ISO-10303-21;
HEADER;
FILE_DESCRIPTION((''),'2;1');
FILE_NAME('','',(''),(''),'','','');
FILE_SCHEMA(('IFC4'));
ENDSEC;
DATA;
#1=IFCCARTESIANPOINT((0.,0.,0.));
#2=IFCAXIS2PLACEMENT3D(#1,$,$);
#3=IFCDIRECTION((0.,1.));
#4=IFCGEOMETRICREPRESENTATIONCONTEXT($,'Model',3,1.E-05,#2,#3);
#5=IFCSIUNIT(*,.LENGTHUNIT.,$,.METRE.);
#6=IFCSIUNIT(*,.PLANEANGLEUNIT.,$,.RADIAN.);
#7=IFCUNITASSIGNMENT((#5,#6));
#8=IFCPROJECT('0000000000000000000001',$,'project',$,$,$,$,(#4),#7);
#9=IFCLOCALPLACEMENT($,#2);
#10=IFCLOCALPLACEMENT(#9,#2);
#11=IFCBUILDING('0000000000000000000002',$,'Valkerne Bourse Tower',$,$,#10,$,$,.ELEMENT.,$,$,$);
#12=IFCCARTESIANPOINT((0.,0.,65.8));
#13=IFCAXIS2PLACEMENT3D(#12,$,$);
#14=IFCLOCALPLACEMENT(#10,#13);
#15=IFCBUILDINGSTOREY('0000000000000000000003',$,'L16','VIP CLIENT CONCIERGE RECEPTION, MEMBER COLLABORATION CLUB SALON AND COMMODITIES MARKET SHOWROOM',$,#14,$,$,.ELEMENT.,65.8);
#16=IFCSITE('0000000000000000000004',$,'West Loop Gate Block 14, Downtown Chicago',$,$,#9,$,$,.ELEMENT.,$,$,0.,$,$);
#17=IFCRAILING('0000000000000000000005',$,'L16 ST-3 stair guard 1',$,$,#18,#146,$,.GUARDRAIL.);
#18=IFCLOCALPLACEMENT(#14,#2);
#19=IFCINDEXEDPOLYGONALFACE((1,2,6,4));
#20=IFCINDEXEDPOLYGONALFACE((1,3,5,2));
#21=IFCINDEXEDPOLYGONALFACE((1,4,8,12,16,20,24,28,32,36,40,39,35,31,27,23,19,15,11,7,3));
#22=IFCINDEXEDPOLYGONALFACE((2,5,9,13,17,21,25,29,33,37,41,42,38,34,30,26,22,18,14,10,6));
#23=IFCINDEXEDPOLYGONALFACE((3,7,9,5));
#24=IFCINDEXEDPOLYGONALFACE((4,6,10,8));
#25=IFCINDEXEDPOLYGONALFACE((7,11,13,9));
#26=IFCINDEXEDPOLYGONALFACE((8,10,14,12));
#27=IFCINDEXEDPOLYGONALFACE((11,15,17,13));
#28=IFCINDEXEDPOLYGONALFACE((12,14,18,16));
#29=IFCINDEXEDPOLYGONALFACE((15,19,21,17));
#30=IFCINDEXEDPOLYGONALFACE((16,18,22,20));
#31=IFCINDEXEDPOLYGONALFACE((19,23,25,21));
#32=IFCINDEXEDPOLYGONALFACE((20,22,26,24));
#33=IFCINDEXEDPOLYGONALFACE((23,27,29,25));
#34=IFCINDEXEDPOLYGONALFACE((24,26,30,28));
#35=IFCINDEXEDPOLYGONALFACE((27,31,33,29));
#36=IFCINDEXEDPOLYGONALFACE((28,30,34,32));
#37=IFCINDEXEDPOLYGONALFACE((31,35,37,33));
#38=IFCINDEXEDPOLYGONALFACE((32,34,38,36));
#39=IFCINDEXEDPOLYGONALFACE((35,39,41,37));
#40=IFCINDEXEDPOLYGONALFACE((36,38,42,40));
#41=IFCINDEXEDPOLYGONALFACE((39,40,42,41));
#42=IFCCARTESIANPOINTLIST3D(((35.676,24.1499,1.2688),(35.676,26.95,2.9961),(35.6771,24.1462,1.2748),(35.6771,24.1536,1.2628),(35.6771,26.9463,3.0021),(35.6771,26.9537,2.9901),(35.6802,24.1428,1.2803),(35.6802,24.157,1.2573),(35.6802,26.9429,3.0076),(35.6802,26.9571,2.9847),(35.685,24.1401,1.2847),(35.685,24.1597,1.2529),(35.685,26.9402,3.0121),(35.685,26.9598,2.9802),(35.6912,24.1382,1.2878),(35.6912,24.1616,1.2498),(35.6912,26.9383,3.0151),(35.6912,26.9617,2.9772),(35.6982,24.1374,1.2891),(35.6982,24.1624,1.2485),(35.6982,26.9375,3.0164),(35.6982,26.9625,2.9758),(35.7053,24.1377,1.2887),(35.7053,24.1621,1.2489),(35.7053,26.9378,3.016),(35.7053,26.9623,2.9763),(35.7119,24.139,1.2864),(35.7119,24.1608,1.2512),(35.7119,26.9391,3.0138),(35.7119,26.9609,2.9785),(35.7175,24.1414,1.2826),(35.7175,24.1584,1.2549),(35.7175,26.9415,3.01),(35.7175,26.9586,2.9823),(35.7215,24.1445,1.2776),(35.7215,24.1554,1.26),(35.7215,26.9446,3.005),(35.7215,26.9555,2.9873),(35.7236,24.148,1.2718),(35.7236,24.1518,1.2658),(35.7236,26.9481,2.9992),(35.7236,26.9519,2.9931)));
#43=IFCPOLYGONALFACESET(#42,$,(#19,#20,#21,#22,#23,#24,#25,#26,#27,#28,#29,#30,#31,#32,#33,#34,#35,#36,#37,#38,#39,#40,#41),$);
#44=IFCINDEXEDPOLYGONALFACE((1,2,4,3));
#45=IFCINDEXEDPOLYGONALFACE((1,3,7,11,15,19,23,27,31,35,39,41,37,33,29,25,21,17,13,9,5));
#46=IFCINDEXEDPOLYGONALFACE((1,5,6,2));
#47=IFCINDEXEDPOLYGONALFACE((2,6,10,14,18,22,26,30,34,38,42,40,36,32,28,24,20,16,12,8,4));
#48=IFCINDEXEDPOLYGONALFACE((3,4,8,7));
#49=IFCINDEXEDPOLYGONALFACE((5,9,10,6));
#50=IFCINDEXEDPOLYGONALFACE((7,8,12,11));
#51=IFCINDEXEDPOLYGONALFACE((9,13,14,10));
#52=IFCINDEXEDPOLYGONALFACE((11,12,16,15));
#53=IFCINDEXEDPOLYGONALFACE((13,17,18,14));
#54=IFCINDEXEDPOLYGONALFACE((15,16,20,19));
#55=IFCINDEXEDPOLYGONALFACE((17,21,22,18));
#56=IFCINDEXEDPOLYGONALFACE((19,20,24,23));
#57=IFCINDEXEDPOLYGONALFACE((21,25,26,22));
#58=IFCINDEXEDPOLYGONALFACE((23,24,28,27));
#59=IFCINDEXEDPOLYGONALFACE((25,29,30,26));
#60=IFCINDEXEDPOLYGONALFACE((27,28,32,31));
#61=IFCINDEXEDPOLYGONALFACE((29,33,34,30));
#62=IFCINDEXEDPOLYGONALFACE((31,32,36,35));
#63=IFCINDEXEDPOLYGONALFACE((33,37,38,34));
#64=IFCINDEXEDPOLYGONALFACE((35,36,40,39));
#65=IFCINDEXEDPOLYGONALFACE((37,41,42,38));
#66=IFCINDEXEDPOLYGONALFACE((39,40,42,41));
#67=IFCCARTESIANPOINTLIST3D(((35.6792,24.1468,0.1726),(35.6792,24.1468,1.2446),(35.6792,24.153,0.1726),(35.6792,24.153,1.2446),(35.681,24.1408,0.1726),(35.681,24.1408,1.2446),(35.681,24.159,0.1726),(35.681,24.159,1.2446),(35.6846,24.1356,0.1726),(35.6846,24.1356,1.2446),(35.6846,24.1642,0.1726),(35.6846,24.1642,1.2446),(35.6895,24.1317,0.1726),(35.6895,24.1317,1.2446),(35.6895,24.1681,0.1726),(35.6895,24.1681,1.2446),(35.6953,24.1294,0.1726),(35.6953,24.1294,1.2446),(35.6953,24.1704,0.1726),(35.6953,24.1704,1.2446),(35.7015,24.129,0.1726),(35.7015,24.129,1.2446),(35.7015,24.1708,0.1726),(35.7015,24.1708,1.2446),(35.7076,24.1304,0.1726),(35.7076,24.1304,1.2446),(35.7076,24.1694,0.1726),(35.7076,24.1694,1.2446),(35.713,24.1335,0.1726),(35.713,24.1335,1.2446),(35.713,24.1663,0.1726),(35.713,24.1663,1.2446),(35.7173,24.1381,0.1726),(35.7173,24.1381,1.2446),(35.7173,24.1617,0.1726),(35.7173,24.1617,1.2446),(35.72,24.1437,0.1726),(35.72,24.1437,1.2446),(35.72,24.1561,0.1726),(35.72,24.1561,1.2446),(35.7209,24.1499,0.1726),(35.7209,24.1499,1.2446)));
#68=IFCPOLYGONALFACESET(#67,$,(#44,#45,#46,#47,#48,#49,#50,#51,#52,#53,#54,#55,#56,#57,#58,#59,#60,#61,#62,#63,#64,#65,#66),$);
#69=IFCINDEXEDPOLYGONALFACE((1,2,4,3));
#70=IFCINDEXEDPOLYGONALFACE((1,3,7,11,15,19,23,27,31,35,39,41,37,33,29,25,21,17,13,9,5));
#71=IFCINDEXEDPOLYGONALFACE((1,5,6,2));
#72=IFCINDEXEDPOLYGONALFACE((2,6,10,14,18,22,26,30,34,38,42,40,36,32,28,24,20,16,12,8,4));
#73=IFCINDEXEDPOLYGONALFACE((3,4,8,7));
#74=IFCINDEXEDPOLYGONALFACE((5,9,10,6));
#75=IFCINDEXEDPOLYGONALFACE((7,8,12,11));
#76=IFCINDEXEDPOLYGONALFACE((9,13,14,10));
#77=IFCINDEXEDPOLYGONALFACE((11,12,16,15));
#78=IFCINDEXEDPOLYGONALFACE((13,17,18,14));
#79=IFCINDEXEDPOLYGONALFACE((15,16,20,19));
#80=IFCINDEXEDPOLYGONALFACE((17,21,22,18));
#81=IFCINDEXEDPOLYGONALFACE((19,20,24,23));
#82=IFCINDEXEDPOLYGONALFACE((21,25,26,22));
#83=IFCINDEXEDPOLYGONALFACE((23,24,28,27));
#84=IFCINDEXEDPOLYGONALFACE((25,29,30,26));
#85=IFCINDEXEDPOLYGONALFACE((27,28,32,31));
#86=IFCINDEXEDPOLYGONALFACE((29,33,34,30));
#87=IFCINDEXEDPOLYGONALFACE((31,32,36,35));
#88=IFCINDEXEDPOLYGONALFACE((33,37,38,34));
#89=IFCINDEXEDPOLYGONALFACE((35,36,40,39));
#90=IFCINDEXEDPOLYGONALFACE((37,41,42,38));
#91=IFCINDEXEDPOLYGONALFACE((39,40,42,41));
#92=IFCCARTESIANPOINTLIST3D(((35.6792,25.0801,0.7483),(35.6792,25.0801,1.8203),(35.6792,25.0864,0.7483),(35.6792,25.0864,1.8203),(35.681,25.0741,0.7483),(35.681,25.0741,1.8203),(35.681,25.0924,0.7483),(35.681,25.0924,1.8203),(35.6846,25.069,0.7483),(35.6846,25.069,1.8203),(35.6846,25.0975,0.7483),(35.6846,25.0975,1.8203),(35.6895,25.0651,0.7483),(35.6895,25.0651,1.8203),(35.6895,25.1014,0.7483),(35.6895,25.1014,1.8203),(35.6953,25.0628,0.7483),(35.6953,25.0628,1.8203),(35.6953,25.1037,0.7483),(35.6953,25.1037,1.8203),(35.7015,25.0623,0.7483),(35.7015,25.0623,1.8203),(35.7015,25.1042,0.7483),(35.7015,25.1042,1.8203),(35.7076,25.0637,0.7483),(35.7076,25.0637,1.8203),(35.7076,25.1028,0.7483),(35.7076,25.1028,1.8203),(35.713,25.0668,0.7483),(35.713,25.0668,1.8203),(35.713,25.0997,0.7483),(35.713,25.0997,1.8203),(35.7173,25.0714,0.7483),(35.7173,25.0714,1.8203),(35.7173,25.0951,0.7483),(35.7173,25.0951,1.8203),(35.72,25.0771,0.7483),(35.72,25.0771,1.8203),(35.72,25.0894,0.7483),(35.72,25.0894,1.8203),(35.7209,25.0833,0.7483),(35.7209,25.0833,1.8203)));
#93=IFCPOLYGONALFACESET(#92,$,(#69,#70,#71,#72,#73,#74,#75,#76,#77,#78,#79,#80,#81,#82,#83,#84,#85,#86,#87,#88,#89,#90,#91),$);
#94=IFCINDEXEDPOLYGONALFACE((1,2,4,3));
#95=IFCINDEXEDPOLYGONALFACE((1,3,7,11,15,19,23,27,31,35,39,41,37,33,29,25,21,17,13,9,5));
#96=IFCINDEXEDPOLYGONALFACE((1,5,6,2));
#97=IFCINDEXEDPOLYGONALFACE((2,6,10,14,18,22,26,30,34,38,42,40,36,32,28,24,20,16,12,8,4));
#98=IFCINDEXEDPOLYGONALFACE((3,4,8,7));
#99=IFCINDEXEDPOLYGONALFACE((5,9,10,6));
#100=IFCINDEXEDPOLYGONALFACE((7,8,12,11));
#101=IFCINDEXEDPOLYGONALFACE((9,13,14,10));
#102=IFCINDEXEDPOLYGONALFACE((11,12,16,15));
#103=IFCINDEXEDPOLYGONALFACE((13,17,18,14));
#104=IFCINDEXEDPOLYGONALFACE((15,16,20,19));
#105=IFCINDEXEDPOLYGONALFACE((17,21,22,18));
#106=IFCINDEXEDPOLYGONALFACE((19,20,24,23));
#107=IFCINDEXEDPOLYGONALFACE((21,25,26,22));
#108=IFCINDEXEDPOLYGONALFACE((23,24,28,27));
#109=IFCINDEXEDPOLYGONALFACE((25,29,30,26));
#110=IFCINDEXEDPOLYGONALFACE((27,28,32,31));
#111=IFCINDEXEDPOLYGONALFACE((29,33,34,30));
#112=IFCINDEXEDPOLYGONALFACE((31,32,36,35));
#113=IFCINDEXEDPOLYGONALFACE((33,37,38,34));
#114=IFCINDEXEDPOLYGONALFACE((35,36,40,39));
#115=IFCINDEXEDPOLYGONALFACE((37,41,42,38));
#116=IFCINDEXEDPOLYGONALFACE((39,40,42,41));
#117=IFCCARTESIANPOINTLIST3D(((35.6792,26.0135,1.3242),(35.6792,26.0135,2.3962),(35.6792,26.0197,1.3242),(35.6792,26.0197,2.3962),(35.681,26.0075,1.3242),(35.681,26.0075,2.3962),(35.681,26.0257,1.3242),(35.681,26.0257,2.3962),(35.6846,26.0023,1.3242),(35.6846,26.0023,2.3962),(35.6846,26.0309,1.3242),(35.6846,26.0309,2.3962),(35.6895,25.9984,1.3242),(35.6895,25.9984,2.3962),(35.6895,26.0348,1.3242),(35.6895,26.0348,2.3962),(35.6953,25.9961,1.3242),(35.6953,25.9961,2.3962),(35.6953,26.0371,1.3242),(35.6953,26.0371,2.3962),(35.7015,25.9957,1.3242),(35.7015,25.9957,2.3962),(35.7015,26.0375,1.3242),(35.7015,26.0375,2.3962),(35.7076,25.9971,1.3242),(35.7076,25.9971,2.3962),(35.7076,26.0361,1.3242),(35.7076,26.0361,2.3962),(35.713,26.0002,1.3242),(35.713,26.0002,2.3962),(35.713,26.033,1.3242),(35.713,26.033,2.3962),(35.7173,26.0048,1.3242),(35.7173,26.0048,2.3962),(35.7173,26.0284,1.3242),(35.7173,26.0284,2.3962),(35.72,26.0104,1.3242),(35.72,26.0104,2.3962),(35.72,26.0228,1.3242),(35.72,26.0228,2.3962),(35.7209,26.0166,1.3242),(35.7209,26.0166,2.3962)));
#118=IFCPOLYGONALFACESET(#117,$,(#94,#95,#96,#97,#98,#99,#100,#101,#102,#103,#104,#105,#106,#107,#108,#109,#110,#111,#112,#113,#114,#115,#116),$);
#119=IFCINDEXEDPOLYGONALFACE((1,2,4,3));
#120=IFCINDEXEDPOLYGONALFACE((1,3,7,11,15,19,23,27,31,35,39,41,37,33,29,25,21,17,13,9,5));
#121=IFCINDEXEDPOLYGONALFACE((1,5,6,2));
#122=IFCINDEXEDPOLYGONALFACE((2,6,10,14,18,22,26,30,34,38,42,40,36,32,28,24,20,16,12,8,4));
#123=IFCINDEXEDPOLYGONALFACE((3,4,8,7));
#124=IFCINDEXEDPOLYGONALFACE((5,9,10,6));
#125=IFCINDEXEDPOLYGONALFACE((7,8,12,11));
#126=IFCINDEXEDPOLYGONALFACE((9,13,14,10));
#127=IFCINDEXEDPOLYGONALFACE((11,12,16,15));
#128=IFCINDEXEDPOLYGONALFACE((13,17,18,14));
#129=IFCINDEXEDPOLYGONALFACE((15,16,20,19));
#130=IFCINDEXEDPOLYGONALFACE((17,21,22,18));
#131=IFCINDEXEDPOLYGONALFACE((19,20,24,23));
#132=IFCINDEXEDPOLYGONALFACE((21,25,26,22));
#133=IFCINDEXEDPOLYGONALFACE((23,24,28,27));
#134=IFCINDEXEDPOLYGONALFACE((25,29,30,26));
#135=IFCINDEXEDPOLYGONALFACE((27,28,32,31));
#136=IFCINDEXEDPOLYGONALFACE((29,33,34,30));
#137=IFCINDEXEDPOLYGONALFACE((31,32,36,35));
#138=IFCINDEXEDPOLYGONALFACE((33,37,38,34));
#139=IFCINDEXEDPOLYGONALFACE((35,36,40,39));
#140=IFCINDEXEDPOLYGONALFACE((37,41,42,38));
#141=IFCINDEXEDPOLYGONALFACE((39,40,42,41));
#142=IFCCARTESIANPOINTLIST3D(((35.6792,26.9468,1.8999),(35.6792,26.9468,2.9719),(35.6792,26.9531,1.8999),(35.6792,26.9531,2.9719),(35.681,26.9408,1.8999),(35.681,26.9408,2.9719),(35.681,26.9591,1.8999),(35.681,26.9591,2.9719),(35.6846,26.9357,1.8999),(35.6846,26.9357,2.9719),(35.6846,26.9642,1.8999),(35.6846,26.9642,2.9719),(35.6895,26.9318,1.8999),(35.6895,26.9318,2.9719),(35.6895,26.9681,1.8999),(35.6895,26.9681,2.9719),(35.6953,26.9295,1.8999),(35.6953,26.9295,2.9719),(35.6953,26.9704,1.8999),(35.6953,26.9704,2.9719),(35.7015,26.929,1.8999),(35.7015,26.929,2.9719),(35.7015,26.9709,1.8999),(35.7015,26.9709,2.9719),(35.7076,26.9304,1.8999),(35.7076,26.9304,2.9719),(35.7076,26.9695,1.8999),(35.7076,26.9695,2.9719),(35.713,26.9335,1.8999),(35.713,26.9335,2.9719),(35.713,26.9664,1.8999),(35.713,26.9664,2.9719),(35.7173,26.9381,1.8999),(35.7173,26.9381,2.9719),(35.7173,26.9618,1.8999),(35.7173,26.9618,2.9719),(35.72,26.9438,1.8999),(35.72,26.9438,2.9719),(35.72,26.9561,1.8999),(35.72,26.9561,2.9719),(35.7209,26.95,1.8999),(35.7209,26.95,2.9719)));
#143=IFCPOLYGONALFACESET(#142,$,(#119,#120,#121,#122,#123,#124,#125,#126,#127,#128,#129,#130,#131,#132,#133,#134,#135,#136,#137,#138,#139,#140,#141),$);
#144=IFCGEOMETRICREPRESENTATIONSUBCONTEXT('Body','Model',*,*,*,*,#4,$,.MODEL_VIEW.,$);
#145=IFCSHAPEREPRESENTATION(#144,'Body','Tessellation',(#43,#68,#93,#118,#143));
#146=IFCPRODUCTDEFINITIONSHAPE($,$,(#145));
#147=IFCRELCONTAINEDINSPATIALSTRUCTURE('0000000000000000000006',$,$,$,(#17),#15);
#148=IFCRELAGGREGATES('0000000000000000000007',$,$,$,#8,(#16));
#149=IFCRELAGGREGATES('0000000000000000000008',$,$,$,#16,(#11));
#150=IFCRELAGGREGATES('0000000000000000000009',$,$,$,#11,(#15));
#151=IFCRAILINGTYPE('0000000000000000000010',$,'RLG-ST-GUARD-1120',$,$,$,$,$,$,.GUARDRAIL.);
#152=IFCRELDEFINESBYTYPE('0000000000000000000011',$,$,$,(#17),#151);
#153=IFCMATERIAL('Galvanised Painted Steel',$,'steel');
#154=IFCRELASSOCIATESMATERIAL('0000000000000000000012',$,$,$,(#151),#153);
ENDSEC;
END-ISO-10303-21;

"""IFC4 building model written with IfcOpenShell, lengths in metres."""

from ifc_helpers import new_model, si_unit, direction, frame, origin, origin_2d, place, context, subcontext, project, spatial, circle, extrude, material, type_object, element, save


model = new_model("IFC4")

# Units and contexts
model_context = context("Model", 3, precision=1e-05, world=origin(), true_north=direction((0.0, 1.0)))
body_context = subcontext(model_context, "Body", "Model", "MODEL_VIEW")
ifc_project = project(units=[si_unit("LENGTHUNIT", "METRE"), si_unit("PLANEANGLEUNIT", "RADIAN")], contexts=[model_context])

# Site, building, storey
site_placement = place(None, origin())
site = spatial("IfcSite", under=ifc_project, at=site_placement, Name="West Loop Gate Block 14, Downtown Chicago", CompositionType="ELEMENT", RefElevation=0.0)
building_placement = place(site_placement, origin())
building = spatial("IfcBuilding", under=site, at=building_placement, Name="Valkerne Bourse Tower", CompositionType="ELEMENT")
storey_placement = place(building_placement, frame((0.0, 0.0, 65.8)))
storey = spatial("IfcBuildingStorey", under=building, at=storey_placement, Name="L16", Description="VIP CLIENT CONCIERGE RECEPTION, MEMBER COLLABORATION CLUB SALON AND COMMODITIES MARKET SHOWROOM", CompositionType="ELEMENT", Elevation=65.8)

# Shared definitions
ifc_material_1 = material(Name="Galvanised Painted Steel", Category="steel")

# Railing
railing_type = type_object("IfcRailingType", Name="RLG-ST-GUARD-1120", PredefinedType="GUARDRAIL", material=ifc_material_1)
railing_1_placement = place(storey_placement, frame((35.7, 24.1499, 0.1726)))
element("IfcRailing", 1, at=railing_1_placement, inside=storey, type_object=railing_type, Name="L16 ST-3 stair guard 1", PredefinedType="GUARDRAIL", context=body_context, shape_type="SweptSolid", body=[
    extrude(circle(Radius=0.0239, at=origin_2d()), frame((0.0, 0.0, 1.0962), z_axis=(0.0, 0.85109, 0.52502), x_axis=(-1.0, 0.0, 0.0)), (0.0, 0.0, 1.0), 3.29),
    extrude(circle(Radius=0.021, at=origin_2d()), origin(), (0.0, 0.0, 1.0), 1.072),
    extrude(circle(Radius=0.021, at=origin_2d()), frame((0.0, 0.9333, 0.5757)), (0.0, 0.0, 1.0), 1.072),
    extrude(circle(Radius=0.021, at=origin_2d()), frame((0.0, 1.8667, 1.1516)), (0.0, 0.0, 1.0), 1.072),
    extrude(circle(Radius=0.021, at=origin_2d()), frame((0.0, 2.8, 1.7273)), (0.0, 0.0, 1.0), 1.072),
])

save(model, "model.ifc")
